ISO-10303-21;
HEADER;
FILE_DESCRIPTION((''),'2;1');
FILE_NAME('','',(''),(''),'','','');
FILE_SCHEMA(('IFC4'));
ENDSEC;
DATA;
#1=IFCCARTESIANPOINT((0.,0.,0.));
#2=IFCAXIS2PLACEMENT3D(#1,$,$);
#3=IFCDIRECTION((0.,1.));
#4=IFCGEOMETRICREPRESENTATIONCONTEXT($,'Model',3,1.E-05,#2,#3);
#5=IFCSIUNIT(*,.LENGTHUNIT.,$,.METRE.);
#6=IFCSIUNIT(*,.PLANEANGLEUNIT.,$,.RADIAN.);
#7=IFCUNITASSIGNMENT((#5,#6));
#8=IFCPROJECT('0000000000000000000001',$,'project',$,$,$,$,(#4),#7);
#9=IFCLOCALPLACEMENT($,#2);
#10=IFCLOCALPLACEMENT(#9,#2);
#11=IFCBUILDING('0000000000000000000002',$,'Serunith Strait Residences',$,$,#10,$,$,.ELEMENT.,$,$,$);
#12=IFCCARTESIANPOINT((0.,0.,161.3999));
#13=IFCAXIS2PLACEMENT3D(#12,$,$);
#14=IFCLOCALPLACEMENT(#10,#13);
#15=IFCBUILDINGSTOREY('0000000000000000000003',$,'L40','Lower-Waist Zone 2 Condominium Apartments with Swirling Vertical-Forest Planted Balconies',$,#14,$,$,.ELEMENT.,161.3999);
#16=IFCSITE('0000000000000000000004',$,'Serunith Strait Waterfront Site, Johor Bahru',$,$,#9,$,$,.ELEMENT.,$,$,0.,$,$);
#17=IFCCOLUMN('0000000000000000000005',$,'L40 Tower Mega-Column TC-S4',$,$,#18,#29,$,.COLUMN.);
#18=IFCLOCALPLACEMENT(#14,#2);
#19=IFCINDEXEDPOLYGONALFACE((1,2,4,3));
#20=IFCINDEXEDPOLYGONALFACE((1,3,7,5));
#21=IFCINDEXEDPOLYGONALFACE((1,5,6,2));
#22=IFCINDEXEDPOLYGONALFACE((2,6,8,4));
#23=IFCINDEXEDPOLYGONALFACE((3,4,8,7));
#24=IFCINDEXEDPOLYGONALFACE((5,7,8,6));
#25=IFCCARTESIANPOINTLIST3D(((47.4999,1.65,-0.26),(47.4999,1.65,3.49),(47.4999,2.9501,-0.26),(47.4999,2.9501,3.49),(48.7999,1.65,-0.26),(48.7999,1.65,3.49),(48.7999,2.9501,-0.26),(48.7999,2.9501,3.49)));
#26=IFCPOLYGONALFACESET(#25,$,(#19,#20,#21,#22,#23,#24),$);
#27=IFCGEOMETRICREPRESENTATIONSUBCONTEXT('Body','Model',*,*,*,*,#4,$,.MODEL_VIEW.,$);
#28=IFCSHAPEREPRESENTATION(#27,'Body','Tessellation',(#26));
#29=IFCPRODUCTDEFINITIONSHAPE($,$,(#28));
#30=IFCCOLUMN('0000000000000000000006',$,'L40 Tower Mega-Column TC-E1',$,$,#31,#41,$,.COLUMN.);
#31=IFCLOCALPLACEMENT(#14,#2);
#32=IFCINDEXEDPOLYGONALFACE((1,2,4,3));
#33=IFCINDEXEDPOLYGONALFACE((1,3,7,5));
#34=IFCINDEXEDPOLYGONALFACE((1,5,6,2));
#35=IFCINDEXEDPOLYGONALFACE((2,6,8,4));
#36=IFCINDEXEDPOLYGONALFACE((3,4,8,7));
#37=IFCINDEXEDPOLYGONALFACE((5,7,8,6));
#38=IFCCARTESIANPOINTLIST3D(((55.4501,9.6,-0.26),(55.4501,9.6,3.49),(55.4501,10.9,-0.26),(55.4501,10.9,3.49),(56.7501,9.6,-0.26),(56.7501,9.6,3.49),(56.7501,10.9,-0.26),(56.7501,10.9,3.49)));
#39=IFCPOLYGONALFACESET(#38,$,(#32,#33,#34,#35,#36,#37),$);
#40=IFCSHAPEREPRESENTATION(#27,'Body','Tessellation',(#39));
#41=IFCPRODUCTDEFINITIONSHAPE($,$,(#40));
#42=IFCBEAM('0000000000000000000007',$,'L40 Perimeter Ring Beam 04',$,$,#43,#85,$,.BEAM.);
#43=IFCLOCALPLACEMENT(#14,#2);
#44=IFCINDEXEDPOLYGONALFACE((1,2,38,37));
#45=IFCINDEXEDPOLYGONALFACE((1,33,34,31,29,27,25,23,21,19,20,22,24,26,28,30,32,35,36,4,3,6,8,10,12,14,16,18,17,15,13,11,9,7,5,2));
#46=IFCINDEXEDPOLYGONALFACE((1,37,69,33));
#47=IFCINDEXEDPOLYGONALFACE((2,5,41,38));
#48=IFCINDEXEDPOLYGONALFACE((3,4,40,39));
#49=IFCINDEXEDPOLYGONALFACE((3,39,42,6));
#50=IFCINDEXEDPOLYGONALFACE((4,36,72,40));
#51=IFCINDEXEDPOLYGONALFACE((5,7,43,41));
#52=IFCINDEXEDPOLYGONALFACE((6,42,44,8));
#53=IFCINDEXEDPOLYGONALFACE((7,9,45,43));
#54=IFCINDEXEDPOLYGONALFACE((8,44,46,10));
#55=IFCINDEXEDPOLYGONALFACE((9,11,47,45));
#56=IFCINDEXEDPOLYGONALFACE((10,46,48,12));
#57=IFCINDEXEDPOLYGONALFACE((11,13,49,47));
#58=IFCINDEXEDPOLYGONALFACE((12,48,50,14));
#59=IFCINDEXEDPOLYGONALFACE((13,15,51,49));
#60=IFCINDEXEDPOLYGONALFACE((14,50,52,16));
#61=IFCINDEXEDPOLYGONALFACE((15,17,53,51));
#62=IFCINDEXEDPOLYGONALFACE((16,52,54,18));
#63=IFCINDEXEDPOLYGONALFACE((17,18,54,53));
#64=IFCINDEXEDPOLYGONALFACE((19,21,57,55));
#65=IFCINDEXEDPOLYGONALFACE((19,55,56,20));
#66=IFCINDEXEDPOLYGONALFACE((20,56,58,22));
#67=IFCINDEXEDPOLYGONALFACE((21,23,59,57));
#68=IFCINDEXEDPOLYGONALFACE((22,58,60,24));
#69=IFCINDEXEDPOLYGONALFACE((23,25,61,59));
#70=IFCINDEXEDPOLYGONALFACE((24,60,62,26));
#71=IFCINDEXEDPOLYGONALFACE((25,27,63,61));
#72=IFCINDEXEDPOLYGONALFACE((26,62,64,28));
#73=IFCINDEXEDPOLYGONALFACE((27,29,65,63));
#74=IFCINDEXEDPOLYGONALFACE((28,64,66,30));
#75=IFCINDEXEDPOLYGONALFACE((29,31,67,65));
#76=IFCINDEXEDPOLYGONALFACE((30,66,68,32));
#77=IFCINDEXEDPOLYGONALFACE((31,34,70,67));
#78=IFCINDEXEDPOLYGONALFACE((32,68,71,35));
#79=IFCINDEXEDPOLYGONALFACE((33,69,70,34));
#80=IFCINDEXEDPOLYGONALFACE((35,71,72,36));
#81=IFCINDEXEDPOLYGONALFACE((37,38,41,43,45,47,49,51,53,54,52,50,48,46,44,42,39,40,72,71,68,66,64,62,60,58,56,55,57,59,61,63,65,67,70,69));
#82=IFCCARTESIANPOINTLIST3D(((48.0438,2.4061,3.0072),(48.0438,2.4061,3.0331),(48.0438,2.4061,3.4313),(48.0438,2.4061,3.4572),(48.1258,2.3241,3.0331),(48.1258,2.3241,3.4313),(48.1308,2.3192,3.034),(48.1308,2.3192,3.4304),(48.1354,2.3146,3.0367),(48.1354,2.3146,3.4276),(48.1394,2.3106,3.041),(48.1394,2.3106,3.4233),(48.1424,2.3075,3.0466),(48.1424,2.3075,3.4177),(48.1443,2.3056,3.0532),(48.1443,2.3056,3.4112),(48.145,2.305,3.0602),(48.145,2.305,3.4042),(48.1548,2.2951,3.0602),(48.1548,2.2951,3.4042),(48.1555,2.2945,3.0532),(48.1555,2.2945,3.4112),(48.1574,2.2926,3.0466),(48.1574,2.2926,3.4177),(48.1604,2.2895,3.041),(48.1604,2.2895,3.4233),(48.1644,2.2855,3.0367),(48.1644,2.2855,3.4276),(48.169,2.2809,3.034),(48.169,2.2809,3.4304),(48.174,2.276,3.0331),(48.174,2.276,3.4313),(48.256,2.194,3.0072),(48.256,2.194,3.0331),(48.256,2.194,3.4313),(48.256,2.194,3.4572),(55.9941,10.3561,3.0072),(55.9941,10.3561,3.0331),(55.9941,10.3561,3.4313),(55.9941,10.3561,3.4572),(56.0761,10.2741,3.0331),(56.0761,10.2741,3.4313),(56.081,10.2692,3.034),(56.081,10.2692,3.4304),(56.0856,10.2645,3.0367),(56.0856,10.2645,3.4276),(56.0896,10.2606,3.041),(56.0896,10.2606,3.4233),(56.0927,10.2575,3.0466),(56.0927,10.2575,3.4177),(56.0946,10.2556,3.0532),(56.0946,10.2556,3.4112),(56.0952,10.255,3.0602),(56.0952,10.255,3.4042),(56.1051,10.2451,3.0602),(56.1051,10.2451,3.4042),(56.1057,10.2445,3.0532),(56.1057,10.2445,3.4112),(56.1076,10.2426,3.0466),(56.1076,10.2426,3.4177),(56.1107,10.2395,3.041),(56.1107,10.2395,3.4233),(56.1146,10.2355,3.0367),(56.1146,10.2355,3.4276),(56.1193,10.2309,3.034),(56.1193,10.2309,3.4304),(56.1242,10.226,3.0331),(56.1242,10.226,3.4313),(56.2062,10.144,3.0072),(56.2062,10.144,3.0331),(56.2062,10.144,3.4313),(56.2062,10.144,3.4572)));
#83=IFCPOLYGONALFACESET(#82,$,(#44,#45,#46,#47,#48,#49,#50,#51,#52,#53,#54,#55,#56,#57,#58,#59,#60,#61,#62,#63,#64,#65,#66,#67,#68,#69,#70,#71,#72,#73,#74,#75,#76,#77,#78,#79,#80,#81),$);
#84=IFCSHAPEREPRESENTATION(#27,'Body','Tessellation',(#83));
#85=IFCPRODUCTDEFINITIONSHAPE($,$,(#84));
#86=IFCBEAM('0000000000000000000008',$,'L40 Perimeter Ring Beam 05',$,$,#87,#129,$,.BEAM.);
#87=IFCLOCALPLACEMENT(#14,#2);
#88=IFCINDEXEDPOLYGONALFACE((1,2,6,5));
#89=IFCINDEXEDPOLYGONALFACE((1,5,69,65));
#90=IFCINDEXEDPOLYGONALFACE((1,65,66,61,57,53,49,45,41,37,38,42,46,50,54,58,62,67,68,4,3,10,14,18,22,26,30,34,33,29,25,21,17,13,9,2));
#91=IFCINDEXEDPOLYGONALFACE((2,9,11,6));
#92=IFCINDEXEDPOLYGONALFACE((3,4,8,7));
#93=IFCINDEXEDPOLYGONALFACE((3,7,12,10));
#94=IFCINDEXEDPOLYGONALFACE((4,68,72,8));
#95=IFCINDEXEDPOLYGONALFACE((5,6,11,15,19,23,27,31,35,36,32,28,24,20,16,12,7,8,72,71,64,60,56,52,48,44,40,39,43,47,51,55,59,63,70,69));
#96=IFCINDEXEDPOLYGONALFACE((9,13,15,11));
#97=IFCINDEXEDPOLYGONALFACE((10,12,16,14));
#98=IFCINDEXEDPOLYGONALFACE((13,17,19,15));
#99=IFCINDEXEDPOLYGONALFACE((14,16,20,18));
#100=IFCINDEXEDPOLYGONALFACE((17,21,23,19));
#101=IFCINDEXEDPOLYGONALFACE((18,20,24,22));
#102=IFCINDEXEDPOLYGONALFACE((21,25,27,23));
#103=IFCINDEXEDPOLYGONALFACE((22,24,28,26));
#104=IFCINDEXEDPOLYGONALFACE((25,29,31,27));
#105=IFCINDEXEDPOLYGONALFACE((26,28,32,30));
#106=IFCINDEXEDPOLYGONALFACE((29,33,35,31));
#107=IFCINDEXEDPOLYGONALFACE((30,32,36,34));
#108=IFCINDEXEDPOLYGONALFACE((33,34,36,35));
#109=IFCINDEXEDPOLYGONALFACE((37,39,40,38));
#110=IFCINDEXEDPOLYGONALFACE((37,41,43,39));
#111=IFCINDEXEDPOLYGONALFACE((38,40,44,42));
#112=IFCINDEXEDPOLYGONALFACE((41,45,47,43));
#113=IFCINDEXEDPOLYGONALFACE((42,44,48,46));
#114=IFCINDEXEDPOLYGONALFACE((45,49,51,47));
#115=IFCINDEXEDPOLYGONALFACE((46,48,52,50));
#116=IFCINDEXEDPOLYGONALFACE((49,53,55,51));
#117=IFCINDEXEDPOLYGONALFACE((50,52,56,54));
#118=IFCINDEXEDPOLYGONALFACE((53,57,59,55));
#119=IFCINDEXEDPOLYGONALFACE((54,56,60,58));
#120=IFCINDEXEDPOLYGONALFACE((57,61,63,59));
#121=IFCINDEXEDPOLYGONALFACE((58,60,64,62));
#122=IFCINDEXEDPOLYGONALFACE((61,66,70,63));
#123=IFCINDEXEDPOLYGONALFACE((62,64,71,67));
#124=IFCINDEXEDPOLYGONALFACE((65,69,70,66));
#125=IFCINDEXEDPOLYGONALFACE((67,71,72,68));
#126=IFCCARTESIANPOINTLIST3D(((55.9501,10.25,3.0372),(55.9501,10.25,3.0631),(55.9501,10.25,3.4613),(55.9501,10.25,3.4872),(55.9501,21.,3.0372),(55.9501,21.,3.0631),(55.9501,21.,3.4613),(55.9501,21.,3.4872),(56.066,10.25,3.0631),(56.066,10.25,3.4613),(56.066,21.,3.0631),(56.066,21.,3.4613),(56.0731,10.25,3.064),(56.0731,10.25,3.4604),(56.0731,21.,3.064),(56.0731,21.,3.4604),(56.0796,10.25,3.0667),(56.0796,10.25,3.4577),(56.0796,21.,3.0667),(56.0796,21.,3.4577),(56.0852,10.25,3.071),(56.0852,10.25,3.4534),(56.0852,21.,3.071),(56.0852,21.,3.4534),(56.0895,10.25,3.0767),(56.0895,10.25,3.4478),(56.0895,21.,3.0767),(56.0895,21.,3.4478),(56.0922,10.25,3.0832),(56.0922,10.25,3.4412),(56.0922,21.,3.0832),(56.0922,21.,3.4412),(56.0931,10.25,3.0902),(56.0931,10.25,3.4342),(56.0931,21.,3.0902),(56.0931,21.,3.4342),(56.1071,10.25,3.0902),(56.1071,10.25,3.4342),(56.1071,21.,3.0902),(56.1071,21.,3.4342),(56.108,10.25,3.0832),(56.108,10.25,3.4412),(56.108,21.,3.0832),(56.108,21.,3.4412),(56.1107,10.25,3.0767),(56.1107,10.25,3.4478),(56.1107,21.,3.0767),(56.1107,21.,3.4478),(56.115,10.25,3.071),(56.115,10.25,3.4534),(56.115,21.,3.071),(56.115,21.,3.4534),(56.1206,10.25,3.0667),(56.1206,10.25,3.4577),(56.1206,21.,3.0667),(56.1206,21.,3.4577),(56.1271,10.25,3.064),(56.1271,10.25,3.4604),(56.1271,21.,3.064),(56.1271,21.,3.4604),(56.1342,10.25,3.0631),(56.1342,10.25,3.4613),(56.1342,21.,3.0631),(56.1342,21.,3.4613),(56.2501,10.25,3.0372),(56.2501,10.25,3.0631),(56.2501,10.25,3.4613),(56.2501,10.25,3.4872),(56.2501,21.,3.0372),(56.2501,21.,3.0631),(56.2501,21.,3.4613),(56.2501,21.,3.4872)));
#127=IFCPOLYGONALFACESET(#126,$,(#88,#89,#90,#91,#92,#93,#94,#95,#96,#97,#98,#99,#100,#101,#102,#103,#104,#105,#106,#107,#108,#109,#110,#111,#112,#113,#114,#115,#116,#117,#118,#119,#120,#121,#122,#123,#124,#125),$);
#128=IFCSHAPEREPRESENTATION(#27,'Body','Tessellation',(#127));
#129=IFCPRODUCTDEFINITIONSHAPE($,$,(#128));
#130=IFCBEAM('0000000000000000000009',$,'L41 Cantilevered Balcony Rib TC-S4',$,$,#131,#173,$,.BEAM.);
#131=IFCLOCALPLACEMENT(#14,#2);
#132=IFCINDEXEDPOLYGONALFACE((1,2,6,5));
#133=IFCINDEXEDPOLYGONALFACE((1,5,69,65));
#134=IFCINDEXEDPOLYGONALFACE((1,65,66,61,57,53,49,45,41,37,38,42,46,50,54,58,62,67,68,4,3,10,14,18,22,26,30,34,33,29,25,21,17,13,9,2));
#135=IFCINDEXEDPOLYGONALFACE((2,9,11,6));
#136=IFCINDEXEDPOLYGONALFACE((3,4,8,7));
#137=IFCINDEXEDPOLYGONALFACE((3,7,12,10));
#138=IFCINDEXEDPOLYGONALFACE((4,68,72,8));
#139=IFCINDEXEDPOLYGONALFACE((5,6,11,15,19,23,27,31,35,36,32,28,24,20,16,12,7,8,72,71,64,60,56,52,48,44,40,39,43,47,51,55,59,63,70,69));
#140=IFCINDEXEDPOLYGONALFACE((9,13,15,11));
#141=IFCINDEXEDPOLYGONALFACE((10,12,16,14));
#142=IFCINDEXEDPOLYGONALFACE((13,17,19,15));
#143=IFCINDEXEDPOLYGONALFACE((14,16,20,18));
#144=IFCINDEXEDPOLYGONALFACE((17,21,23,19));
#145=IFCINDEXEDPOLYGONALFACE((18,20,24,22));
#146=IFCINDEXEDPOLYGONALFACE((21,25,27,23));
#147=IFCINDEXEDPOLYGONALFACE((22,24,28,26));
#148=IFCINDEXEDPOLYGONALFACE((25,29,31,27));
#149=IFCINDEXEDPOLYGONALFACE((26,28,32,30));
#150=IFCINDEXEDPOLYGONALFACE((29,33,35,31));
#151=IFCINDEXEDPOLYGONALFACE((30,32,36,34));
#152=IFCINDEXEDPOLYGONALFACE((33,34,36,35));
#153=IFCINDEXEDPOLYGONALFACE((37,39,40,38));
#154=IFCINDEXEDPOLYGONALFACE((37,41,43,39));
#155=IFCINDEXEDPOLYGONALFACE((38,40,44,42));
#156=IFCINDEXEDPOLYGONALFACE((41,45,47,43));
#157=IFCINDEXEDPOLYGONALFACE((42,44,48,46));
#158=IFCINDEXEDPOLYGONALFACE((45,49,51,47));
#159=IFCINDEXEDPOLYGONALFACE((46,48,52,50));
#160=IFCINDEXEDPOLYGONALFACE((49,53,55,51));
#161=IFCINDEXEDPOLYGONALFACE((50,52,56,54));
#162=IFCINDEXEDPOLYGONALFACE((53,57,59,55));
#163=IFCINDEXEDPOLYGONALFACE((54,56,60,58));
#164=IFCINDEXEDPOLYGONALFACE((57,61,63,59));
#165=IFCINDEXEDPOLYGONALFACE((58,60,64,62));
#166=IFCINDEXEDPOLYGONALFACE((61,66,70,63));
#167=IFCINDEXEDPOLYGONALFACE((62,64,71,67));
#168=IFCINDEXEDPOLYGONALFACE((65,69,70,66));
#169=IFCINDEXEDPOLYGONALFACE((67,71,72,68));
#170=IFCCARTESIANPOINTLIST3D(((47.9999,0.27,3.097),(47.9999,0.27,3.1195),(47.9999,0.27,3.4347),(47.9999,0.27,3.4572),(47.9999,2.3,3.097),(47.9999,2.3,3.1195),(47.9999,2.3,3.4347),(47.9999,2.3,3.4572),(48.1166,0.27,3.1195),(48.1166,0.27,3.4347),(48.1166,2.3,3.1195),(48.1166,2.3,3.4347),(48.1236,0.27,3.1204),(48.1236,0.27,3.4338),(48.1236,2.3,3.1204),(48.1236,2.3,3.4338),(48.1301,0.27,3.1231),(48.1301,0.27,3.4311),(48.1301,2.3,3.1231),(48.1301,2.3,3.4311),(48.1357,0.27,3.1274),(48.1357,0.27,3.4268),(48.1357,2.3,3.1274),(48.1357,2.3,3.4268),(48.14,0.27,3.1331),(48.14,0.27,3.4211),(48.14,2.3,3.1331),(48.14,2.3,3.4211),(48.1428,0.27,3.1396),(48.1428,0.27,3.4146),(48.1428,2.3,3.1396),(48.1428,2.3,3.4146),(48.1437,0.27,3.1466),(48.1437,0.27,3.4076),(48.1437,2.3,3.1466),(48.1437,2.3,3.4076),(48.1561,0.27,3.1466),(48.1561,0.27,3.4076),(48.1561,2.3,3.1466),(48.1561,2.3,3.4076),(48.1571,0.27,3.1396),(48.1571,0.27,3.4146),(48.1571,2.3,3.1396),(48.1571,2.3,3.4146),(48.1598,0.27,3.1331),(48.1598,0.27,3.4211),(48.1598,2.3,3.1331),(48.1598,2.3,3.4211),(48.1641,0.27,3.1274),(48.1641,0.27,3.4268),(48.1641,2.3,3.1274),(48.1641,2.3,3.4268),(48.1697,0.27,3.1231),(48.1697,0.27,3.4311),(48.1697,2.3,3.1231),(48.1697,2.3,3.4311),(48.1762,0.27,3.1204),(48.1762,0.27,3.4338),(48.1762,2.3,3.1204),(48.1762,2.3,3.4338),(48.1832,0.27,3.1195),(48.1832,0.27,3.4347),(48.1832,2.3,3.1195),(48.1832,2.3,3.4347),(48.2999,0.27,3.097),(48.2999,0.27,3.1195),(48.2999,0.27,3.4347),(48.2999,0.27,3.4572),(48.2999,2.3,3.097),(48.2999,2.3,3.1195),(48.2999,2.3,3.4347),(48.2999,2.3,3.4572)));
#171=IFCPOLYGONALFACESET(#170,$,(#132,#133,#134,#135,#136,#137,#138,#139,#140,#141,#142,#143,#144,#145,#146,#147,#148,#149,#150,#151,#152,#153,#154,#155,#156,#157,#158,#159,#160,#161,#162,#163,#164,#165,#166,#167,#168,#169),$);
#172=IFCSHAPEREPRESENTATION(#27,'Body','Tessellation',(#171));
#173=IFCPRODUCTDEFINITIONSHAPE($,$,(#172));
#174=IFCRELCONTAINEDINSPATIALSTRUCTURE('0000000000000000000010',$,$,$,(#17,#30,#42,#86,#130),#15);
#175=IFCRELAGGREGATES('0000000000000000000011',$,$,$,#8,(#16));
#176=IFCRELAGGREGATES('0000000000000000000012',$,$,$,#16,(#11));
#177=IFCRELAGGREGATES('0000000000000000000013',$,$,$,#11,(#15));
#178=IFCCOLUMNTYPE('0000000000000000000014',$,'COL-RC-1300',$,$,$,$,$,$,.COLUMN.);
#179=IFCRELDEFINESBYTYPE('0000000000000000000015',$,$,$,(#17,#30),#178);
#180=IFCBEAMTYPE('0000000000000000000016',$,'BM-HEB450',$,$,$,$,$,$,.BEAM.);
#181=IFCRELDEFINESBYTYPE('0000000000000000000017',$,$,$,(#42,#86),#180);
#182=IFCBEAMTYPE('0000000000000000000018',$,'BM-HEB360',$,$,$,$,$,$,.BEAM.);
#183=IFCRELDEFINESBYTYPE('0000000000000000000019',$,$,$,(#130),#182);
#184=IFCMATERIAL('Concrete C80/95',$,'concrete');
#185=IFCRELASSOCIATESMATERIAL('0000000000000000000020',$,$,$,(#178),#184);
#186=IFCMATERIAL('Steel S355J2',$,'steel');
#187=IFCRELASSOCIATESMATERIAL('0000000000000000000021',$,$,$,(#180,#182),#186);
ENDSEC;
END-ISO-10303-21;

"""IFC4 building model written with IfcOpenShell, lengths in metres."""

from ifc_helpers import new_model, si_unit, direction, frame, origin, origin_2d, place, context, subcontext, project, spatial, rectangle, i_section, extrude, source, transform, mapped, material, material_profile, profile_set, type_object, element, save


model = new_model("IFC4")

# Units and contexts
model_context = context("Model", 3, precision=1e-05, world=origin(), true_north=direction((0.0, 1.0)))
body_context = subcontext(model_context, "Body", "Model", "MODEL_VIEW")
ifc_project = project(units=[si_unit("LENGTHUNIT", "METRE"), si_unit("PLANEANGLEUNIT", "RADIAN")], contexts=[model_context])

# Site, building, storey
site_placement = place(None, origin())
site = spatial("IfcSite", under=ifc_project, at=site_placement, Name="Serunith Strait Waterfront Site, Johor Bahru", CompositionType="ELEMENT", RefElevation=0.0)
building_placement = place(site_placement, origin())
building = spatial("IfcBuilding", under=site, at=building_placement, Name="Serunith Strait Residences", CompositionType="ELEMENT")
storey_placement = place(building_placement, frame((0.0, 0.0, 161.3999)))
storey = spatial("IfcBuildingStorey", under=building, at=storey_placement, Name="L40", Description="Lower-Waist Zone 2 Condominium Apartments with Swirling Vertical-Forest Planted Balconies", CompositionType="ELEMENT", Elevation=161.3999)

# Columns
ifc_material_1 = material(Name="Concrete C80/95", Category="concrete")
ifc_material_profile_1 = material_profile(ifc_material_1, rectangle(XDim=1.3, YDim=1.3, at=origin_2d()), Name="RC 1300x1300")
ifc_profile_set_1 = profile_set([ifc_material_profile_1], Name="Concrete C80/95")
column_type = type_object("IfcColumnType", Name="COL-RC-1300", PredefinedType="COLUMN", material=ifc_profile_set_1)
shared_shape_1 = source(origin(), body_context, "Body", "SweptSolid", [
    extrude(rectangle(XDim=1.3, YDim=1.3, at=origin_2d()), origin(), (0.0, 0.0, 1.0), 3.75),
])
for number, where, z_axis, x_axis, name in (
    (1, (48.1499, 2.3, -0.26), (0.0, 0.0, 1.0), (1.0, 0.0, 0.0), "L40 Tower Mega-Column TC-S4"),
    (2, (56.1001, 10.25, -0.26), (0.0, 0.0, 1.0), (1.0, 0.0, 0.0), "L40 Tower Mega-Column TC-E1"),
):
    element("IfcColumn", number, at=place(storey_placement, frame(where, z_axis=z_axis, x_axis=x_axis)), inside=storey, type_object=column_type, Name=name, PredefinedType="COLUMN", context=body_context, shape_type="MappedRepresentation", body=[
        mapped(shared_shape_1, transform((0.0, 0.0, 0.0), scale=1.0)),
    ])

# Beams
ifc_material_2 = material(Name="Steel S355J2", Category="steel")
ifc_material_profile_2 = material_profile(ifc_material_2, i_section(OverallWidth=0.3, OverallDepth=0.45, WebThickness=0.0139, FlangeThickness=0.0259, FilletRadius=0.0271, at=origin_2d()), Name="HEB 450")
ifc_profile_set_2 = profile_set([ifc_material_profile_2], Name="Steel S355J2")
beam_type_1 = type_object("IfcBeamType", Name="BM-HEB450", PredefinedType="BEAM", material=ifc_profile_set_2)
shared_shape_2 = source(origin(), body_context, "Body", "SweptSolid", [
    extrude(i_section(OverallWidth=0.3, OverallDepth=0.45, WebThickness=0.0139, FlangeThickness=0.0259, FilletRadius=0.0271, at=origin_2d()), origin(), (0.0, 0.0, 1.0), 11.2432),
])
beam_1_placement = place(storey_placement, frame((48.1499, 2.3, 3.2322), z_axis=(0.707118, 0.707096, 0.0), x_axis=(-0.707096, 0.707118, 0.0)))
element("IfcBeam", 3, at=beam_1_placement, inside=storey, type_object=beam_type_1, Name="L40 Perimeter Ring Beam 04", PredefinedType="BEAM", context=body_context, shape_type="MappedRepresentation", body=[
    mapped(shared_shape_2, transform((0.0, 0.0, 0.0), scale=1.0)),
])
shared_shape_3 = source(origin(), body_context, "Body", "SweptSolid", [
    extrude(i_section(OverallWidth=0.3, OverallDepth=0.45, WebThickness=0.0139, FlangeThickness=0.0259, FilletRadius=0.0271, at=origin_2d()), origin(), (0.0, 0.0, 1.0), 10.75),
])
beam_2_placement = place(storey_placement, frame((56.1001, 10.25, 3.2622), z_axis=(0.0, 1.0, 0.0), x_axis=(-1.0, 0.0, 0.0)))
element("IfcBeam", 4, at=beam_2_placement, inside=storey, type_object=beam_type_1, Name="L40 Perimeter Ring Beam 05", PredefinedType="BEAM", context=body_context, shape_type="MappedRepresentation", body=[
    mapped(shared_shape_3, transform((0.0, 0.0, 0.0), scale=1.0)),
])
ifc_material_profile_3 = material_profile(ifc_material_2, i_section(OverallWidth=0.3, OverallDepth=0.3601, WebThickness=0.0125, FlangeThickness=0.0225, FilletRadius=0.0271, at=origin_2d()), Name="HEB 360")
ifc_profile_set_3 = profile_set([ifc_material_profile_3], Name="Steel S355J2")
beam_type_2 = type_object("IfcBeamType", Name="BM-HEB360", PredefinedType="BEAM", material=ifc_profile_set_3)
shared_shape_4 = source(origin(), body_context, "Body", "SweptSolid", [
    extrude(i_section(OverallWidth=0.3, OverallDepth=0.3601, WebThickness=0.0125, FlangeThickness=0.0225, FilletRadius=0.0271, at=origin_2d()), origin(), (0.0, 0.0, 1.0), 2.03),
])
beam_3_placement = place(storey_placement, frame((48.1499, 2.3, 3.2771), z_axis=(0.0, -1.0, 0.0), x_axis=(1.0, 0.0, 0.0)))
element("IfcBeam", 5, at=beam_3_placement, inside=storey, type_object=beam_type_2, Name="L41 Cantilevered Balcony Rib TC-S4", PredefinedType="BEAM", context=body_context, shape_type="MappedRepresentation", body=[
    mapped(shared_shape_4, transform((0.0, 0.0, 0.0), scale=1.0)),
])

save(model, "model.ifc")
